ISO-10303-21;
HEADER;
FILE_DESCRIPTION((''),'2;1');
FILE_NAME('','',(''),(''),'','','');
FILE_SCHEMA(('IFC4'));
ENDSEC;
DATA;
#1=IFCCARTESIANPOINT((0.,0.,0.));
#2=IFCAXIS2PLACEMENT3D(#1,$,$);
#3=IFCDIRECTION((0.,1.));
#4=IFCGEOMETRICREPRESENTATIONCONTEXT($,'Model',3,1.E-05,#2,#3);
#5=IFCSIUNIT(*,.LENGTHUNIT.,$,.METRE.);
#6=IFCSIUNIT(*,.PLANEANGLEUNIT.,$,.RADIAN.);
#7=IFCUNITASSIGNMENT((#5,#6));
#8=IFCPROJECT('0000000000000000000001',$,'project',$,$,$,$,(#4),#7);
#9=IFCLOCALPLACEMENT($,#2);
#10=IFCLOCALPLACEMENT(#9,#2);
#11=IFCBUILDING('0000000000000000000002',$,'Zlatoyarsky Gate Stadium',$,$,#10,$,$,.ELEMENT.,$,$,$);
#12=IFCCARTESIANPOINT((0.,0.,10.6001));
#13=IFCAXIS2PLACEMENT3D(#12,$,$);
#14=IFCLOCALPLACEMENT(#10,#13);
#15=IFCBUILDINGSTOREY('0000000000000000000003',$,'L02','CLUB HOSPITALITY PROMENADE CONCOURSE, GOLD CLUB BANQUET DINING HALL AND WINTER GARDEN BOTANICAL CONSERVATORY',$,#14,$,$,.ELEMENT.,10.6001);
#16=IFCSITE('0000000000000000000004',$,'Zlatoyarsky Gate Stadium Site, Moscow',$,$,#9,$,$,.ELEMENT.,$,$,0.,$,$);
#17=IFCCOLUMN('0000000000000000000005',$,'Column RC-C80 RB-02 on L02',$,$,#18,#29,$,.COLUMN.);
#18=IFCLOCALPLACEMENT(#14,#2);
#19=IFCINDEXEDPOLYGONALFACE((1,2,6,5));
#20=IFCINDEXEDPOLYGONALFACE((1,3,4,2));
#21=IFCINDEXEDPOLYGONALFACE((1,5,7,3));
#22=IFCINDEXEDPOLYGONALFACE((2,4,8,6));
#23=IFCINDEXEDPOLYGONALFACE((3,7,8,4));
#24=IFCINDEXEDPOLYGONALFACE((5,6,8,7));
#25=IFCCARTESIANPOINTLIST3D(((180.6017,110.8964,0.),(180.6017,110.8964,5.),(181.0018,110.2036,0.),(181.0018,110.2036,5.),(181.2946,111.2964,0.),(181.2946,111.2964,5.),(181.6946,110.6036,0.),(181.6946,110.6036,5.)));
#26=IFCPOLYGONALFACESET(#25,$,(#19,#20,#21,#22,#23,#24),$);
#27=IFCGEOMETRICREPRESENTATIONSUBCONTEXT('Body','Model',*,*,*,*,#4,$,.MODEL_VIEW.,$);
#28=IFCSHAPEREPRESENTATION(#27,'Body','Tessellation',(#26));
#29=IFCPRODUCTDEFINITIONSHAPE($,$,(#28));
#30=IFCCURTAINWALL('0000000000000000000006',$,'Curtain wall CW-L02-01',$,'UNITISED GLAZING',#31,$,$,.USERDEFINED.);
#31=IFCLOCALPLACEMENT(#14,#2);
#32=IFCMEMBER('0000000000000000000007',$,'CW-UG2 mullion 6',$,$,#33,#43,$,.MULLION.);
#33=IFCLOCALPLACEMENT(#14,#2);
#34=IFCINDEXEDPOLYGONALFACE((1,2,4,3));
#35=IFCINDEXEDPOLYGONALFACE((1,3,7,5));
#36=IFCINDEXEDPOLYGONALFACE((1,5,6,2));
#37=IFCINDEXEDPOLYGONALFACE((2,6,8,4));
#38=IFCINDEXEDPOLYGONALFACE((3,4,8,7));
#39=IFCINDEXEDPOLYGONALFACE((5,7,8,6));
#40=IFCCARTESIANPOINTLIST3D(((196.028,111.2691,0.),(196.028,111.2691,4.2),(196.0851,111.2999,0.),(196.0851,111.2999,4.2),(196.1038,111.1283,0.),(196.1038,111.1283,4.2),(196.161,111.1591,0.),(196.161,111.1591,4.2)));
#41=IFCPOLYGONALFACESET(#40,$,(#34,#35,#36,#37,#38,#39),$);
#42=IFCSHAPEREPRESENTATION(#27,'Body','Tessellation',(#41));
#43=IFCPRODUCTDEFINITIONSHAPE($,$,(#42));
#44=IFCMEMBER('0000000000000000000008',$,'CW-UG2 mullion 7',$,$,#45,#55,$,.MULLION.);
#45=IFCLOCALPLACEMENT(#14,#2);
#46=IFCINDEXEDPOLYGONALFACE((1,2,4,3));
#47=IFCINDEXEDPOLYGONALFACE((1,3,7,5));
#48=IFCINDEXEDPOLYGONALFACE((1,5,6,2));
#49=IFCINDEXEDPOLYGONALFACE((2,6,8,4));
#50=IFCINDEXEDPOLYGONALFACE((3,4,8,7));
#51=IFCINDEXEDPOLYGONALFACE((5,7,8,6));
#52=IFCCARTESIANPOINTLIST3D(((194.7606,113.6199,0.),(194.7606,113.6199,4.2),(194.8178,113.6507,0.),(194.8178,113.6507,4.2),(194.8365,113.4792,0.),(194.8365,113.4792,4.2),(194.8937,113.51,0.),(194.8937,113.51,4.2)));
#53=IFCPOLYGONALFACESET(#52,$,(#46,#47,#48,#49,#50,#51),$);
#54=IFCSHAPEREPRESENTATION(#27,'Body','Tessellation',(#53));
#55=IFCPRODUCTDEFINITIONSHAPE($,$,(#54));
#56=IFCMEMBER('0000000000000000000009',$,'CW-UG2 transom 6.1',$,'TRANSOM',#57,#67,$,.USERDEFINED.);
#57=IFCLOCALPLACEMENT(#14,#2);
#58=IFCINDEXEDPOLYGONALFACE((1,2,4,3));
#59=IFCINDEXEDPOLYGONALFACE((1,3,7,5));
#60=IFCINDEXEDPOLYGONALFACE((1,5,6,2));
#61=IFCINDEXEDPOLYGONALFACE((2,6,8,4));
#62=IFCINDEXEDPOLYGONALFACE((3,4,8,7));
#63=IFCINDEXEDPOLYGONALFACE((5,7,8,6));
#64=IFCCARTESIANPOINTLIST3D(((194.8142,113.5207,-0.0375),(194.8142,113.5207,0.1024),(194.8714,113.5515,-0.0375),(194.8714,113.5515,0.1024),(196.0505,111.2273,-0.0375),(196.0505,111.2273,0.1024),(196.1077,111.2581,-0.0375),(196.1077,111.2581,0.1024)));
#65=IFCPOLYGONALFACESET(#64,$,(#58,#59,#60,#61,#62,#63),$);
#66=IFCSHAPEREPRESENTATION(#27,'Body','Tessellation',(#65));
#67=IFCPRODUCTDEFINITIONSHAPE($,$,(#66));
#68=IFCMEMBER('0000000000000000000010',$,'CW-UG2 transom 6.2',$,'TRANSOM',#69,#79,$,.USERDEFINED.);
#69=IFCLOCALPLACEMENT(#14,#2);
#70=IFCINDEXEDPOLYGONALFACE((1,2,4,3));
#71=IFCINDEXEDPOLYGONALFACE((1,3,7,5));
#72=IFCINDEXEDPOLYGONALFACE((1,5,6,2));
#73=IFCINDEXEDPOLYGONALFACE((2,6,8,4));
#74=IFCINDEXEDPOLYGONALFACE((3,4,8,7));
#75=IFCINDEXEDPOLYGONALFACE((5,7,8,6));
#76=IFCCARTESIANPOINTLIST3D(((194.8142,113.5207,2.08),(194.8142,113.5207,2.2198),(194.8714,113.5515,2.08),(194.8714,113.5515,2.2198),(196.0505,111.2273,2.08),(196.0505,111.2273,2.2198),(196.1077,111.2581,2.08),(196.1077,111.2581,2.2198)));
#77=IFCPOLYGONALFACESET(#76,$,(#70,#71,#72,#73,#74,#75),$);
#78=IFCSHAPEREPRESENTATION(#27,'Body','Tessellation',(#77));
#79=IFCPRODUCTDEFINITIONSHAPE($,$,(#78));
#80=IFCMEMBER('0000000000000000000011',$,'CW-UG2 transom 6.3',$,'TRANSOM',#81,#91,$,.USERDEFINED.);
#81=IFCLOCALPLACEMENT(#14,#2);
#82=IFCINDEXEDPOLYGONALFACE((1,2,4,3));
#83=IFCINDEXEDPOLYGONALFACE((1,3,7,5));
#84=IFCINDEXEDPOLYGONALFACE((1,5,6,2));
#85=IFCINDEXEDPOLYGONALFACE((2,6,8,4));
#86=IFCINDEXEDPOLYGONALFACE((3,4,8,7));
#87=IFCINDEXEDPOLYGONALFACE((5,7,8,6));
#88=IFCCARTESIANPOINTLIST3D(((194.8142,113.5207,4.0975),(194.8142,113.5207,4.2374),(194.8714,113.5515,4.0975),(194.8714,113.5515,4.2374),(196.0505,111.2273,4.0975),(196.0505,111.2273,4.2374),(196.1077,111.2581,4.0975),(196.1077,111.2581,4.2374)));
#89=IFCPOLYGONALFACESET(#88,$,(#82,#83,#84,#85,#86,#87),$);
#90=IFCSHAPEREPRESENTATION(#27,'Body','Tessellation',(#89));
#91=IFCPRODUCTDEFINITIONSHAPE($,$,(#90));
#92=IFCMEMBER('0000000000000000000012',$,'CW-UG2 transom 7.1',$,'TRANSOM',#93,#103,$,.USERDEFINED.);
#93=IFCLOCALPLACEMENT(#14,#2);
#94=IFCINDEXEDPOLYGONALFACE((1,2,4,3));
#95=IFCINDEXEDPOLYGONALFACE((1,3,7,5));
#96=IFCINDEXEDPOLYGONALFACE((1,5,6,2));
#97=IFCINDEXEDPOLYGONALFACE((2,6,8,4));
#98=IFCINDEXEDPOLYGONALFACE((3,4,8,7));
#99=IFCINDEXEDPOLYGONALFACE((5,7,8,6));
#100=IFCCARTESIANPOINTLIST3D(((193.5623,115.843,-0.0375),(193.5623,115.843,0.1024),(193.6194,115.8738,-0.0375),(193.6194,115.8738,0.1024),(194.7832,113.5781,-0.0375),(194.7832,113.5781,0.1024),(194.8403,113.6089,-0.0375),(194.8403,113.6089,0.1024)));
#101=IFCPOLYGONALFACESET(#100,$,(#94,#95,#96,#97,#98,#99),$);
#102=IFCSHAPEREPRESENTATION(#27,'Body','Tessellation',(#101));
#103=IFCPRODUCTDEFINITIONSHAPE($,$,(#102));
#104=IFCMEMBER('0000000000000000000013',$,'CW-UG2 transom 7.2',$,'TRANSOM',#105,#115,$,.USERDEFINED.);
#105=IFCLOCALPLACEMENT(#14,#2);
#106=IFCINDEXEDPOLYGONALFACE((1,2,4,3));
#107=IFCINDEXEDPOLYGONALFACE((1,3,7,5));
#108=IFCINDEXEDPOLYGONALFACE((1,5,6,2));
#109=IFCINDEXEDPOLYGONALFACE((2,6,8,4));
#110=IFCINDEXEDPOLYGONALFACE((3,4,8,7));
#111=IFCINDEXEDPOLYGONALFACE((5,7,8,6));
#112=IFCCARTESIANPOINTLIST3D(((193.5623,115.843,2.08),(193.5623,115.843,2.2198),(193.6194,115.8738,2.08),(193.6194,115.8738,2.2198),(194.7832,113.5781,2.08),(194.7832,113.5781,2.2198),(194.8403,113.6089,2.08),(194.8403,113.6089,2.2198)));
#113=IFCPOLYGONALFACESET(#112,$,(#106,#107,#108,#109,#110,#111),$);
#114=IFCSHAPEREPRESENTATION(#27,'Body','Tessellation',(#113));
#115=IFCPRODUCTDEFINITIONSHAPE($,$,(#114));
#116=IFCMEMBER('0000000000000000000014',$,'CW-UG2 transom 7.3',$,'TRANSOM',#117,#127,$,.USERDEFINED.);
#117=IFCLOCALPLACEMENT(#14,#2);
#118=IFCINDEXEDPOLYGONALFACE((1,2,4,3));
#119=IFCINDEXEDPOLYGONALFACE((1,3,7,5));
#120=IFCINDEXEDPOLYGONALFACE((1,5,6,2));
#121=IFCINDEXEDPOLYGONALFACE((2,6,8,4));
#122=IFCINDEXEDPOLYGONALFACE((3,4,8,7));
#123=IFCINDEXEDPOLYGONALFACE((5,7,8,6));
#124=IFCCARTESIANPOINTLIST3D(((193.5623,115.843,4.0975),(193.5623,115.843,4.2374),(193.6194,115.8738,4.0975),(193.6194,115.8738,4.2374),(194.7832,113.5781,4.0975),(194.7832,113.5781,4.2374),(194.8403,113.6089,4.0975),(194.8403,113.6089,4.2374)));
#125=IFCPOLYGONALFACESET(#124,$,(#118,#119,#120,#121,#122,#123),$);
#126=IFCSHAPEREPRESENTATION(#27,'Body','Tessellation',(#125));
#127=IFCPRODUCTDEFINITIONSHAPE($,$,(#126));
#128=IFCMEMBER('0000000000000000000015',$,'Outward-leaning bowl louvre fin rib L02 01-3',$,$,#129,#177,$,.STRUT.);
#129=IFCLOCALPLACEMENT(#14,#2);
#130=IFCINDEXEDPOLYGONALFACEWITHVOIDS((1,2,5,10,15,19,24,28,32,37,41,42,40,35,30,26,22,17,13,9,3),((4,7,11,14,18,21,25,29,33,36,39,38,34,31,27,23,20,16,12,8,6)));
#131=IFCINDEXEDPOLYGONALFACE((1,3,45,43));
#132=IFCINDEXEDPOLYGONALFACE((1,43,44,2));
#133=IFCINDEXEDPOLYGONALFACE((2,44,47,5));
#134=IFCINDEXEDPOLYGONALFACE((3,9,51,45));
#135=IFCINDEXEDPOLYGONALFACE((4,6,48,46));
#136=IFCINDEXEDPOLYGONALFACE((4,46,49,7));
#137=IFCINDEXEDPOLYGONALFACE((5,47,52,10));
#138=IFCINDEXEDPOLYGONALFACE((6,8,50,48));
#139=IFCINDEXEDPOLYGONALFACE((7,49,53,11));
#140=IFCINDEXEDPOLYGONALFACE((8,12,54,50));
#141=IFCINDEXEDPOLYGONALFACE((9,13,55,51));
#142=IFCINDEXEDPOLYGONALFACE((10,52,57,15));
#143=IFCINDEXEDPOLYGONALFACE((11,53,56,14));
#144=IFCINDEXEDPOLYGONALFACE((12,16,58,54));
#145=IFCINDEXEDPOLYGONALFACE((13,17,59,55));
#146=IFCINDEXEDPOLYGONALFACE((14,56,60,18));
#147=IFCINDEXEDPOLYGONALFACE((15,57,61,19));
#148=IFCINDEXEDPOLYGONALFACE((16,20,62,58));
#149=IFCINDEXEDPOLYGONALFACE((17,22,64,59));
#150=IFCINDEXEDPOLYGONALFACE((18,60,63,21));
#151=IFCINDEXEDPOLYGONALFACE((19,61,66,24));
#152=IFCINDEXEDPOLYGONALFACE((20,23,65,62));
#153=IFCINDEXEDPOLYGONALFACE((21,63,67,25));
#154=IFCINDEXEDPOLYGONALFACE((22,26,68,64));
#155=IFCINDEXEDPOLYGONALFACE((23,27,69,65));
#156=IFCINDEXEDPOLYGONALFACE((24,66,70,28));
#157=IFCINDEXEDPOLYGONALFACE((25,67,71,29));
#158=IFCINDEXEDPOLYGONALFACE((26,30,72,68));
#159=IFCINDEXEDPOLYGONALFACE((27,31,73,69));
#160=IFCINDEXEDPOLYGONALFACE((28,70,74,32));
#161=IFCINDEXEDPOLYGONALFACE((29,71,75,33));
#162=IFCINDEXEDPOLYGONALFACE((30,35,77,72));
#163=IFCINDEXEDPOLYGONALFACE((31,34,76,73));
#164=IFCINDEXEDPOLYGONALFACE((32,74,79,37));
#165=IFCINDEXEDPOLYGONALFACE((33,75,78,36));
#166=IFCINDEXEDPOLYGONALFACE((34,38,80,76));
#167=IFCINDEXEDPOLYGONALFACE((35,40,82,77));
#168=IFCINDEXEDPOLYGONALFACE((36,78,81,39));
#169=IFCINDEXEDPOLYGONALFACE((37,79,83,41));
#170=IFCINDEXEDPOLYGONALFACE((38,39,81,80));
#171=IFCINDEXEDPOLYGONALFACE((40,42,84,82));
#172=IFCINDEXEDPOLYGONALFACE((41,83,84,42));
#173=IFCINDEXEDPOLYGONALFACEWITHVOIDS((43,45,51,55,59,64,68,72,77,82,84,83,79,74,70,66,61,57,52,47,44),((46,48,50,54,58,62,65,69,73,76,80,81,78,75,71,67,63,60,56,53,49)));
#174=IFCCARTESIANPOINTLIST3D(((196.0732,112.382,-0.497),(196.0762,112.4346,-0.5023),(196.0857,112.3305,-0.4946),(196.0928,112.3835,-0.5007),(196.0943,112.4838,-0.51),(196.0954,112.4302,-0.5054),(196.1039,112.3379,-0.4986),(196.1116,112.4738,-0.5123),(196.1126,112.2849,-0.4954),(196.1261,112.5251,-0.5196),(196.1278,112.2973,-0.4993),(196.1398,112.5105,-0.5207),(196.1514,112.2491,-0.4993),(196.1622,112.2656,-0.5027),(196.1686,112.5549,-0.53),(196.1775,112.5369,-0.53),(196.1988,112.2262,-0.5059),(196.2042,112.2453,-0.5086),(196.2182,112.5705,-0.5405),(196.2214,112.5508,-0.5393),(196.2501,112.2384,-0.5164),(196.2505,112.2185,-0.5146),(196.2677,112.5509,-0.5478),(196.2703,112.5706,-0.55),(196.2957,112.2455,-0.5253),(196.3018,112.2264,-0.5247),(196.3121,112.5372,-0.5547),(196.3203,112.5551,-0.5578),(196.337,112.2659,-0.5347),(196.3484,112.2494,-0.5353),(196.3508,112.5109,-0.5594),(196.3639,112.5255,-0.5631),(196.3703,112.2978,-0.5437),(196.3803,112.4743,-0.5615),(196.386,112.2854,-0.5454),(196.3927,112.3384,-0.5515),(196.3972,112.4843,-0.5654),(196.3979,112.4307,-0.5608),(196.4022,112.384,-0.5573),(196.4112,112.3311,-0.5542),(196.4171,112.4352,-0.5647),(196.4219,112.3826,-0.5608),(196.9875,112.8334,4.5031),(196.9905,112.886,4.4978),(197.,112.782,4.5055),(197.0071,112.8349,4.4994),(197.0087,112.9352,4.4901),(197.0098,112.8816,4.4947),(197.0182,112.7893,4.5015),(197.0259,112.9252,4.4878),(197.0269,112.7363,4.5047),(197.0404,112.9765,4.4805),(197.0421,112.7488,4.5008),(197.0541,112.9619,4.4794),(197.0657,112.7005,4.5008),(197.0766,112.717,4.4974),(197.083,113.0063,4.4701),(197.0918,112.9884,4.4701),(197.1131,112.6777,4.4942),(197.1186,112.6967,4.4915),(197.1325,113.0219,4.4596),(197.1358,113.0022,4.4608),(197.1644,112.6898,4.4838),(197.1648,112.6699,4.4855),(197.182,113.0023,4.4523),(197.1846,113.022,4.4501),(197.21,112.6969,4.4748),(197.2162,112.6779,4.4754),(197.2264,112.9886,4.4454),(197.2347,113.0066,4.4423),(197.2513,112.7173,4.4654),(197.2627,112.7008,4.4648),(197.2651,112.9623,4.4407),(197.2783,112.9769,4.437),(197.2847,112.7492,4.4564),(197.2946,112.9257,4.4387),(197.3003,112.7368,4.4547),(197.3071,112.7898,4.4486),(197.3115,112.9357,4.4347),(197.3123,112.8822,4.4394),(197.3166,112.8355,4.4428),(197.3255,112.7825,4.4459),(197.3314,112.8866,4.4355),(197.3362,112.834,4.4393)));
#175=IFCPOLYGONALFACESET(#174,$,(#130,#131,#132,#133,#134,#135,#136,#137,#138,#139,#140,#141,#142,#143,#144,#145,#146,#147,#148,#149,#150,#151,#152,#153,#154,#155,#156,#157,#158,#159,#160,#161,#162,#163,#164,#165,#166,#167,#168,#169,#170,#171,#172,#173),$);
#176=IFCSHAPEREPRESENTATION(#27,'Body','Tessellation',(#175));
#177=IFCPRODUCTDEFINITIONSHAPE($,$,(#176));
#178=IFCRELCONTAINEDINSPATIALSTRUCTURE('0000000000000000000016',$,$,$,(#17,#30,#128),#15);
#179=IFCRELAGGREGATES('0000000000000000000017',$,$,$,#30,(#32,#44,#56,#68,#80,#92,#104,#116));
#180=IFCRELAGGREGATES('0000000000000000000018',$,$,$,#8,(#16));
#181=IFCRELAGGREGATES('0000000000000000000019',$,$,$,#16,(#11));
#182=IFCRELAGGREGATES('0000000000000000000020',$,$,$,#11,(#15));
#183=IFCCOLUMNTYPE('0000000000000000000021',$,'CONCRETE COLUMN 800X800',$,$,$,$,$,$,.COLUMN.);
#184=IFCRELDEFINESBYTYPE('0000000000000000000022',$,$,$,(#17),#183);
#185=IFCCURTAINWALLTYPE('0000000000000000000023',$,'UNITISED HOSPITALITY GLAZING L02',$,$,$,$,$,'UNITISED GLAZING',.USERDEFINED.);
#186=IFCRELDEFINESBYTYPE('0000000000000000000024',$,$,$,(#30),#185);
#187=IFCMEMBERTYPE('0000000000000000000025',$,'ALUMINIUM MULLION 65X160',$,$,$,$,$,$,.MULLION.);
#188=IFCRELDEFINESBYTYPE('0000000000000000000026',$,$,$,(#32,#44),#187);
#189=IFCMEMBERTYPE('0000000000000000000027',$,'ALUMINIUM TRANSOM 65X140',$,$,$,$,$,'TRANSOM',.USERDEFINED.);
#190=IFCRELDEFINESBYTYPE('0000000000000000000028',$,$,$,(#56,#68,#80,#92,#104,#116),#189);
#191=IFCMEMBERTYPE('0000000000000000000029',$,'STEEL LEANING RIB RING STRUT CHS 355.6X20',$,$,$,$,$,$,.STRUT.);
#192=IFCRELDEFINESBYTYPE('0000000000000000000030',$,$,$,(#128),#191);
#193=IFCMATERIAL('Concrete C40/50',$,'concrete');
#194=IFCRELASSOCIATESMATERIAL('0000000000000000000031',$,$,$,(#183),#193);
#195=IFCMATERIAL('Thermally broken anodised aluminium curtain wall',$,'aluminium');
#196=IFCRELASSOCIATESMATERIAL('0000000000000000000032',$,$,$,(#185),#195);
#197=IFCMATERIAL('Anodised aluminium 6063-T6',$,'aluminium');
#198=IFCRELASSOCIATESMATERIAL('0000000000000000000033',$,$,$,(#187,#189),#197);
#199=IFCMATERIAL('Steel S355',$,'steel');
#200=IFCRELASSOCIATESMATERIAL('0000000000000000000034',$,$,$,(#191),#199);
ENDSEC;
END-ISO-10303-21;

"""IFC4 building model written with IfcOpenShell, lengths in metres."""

from ifc_helpers import new_model, si_unit, direction, frame, origin, origin_2d, place, context, subcontext, project, spatial, rectangle, hollow_circle, extrude, material, material_profile, profile_set, type_object, element, aggregate, save


model = new_model("IFC4")

# Units and contexts
model_context = context("Model", 3, precision=1e-05, world=origin(), true_north=direction((0.0, 1.0)))
body_context = subcontext(model_context, "Body", "Model", "MODEL_VIEW")
ifc_project = project(units=[si_unit("LENGTHUNIT", "METRE"), si_unit("PLANEANGLEUNIT", "RADIAN")], contexts=[model_context])

# Site, building, storey
site_placement = place(None, origin())
site = spatial("IfcSite", under=ifc_project, at=site_placement, Name="Zlatoyarsky Gate Stadium Site, Moscow", CompositionType="ELEMENT", RefElevation=0.0)
building_placement = place(site_placement, origin())
building = spatial("IfcBuilding", under=site, at=building_placement, Name="Zlatoyarsky Gate Stadium", CompositionType="ELEMENT")
storey_placement = place(building_placement, frame((0.0, 0.0, 10.6001)))
storey = spatial("IfcBuildingStorey", under=building, at=storey_placement, Name="L02", Description="CLUB HOSPITALITY PROMENADE CONCOURSE, GOLD CLUB BANQUET DINING HALL AND WINTER GARDEN BOTANICAL CONSERVATORY", CompositionType="ELEMENT", Elevation=10.6001)

# Column
ifc_material_1 = material(Name="Concrete C40/50", Category="concrete")
ifc_material_profile_1 = material_profile(ifc_material_1, rectangle(XDim=0.8, YDim=0.8, at=origin_2d()), Name="RC COL 800X800")
ifc_profile_set_1 = profile_set([ifc_material_profile_1], Name="Concrete C40/50")
column_type = type_object("IfcColumnType", Name="CONCRETE COLUMN 800X800", PredefinedType="COLUMN", material=ifc_profile_set_1)
column_placement = place(storey_placement, frame((181.1482, 110.75, 0.0), z_axis=(0.0, 0.0, 1.0), x_axis=(0.866025, 0.5, 0.0)))
element("IfcColumn", 1, at=column_placement, inside=storey, type_object=column_type, Name="Column RC-C80 RB-02 on L02", PredefinedType="COLUMN", context=body_context, shape_type="SweptSolid", body=[
    extrude(rectangle(XDim=0.8, YDim=0.8, at=origin_2d()), origin(), (0.0, 0.0, 1.0), 5.0),
])

# Curtain wall, members
ifc_material_2 = material(Name="Thermally broken anodised aluminium curtain wall", Category="aluminium")
curtain_wall_type = type_object("IfcCurtainWallType", Name="UNITISED HOSPITALITY GLAZING L02", ElementType="UNITISED GLAZING", PredefinedType="USERDEFINED", material=ifc_material_2)
curtain_wall_placement = place(storey_placement, origin())
curtain_wall = element("IfcCurtainWall", 2, at=curtain_wall_placement, inside=storey, type_object=curtain_wall_type, Name="Curtain wall CW-L02-01", ObjectType="UNITISED GLAZING", PredefinedType="USERDEFINED")
ifc_material_3 = material(Name="Anodised aluminium 6063-T6", Category="aluminium")
ifc_material_profile_2 = material_profile(ifc_material_3, rectangle(XDim=0.0649, YDim=0.1599, at=origin_2d()), Name="ALU 65X160")
ifc_profile_set_2 = profile_set([ifc_material_profile_2], Name="Anodised aluminium 6063-T6")
member_type_1 = type_object("IfcMemberType", Name="ALUMINIUM MULLION 65X160", PredefinedType="MULLION", material=ifc_profile_set_2)
member_1_placement = place(storey_placement, frame((196.0945, 111.2141, 0.0), z_axis=(0.0, 0.0, 1.0), x_axis=(-0.880236, -0.474536, 0.0)))
member_1 = element("IfcMember", 3, at=member_1_placement, type_object=member_type_1, Name="CW-UG2 mullion 6", PredefinedType="MULLION", context=body_context, shape_type="SweptSolid", body=[
    extrude(rectangle(XDim=0.0649, YDim=0.1599, at=origin_2d()), origin(), (0.0, 0.0, 1.0), 4.2),
])
member_2_placement = place(storey_placement, frame((194.8271, 113.5649, 0.0), z_axis=(0.0, 0.0, 1.0), x_axis=(-0.880236, -0.474536, 0.0)))
member_2 = element("IfcMember", 4, at=member_2_placement, type_object=member_type_1, Name="CW-UG2 mullion 7", PredefinedType="MULLION", context=body_context, shape_type="SweptSolid", body=[
    extrude(rectangle(XDim=0.0649, YDim=0.1599, at=origin_2d()), origin(), (0.0, 0.0, 1.0), 4.2),
])
ifc_material_profile_3 = material_profile(ifc_material_3, rectangle(XDim=0.0649, YDim=0.1399, at=origin_2d()), Name="ALU 65X140")
ifc_profile_set_3 = profile_set([ifc_material_profile_3], Name="Anodised aluminium 6063-T6")
member_type_2 = type_object("IfcMemberType", Name="ALUMINIUM TRANSOM 65X140", ElementType="TRANSOM", PredefinedType="USERDEFINED", material=ifc_profile_set_3)
member_3_placement = place(storey_placement, frame((196.0791, 111.2427, 0.0325), z_axis=(-0.474513, 0.880248, 0.0), x_axis=(-0.880248, -0.474513, 0.0)))
member_3 = element("IfcMember", 5, at=member_3_placement, type_object=member_type_2, Name="CW-UG2 transom 6.1", ObjectType="TRANSOM", PredefinedType="USERDEFINED", context=body_context, shape_type="SweptSolid", body=[
    extrude(rectangle(XDim=0.0649, YDim=0.1399, at=origin_2d()), origin(), (0.0, 0.0, 1.0), 2.6055),
])
member_4_placement = place(storey_placement, frame((196.0791, 111.2427, 2.1499), z_axis=(-0.474513, 0.880248, 0.0), x_axis=(-0.880248, -0.474513, 0.0)))
member_4 = element("IfcMember", 6, at=member_4_placement, type_object=member_type_2, Name="CW-UG2 transom 6.2", ObjectType="TRANSOM", PredefinedType="USERDEFINED", context=body_context, shape_type="SweptSolid", body=[
    extrude(rectangle(XDim=0.0649, YDim=0.1399, at=origin_2d()), origin(), (0.0, 0.0, 1.0), 2.6055),
])
member_5_placement = place(storey_placement, frame((196.0791, 111.2427, 4.1675), z_axis=(-0.474513, 0.880248, 0.0), x_axis=(-0.880248, -0.474513, 0.0)))
member_5 = element("IfcMember", 7, at=member_5_placement, type_object=member_type_2, Name="CW-UG2 transom 6.3", ObjectType="TRANSOM", PredefinedType="USERDEFINED", context=body_context, shape_type="SweptSolid", body=[
    extrude(rectangle(XDim=0.0649, YDim=0.1399, at=origin_2d()), origin(), (0.0, 0.0, 1.0), 2.6055),
])
member_6_placement = place(storey_placement, frame((194.8118, 113.5935, 0.0325), z_axis=(-0.474518, 0.880246, 0.0), x_axis=(-0.880246, -0.474518, 0.0)))
member_6 = element("IfcMember", 8, at=member_6_placement, type_object=member_type_2, Name="CW-UG2 transom 7.1", ObjectType="TRANSOM", PredefinedType="USERDEFINED", context=body_context, shape_type="SweptSolid", body=[
    extrude(rectangle(XDim=0.0649, YDim=0.1399, at=origin_2d()), origin(), (0.0, 0.0, 1.0), 2.573),
])
member_7_placement = place(storey_placement, frame((194.8118, 113.5935, 2.1499), z_axis=(-0.474518, 0.880246, 0.0), x_axis=(-0.880246, -0.474518, 0.0)))
member_7 = element("IfcMember", 9, at=member_7_placement, type_object=member_type_2, Name="CW-UG2 transom 7.2", ObjectType="TRANSOM", PredefinedType="USERDEFINED", context=body_context, shape_type="SweptSolid", body=[
    extrude(rectangle(XDim=0.0649, YDim=0.1399, at=origin_2d()), origin(), (0.0, 0.0, 1.0), 2.573),
])
member_8_placement = place(storey_placement, frame((194.8118, 113.5935, 4.1675), z_axis=(-0.474518, 0.880246, 0.0), x_axis=(-0.880246, -0.474518, 0.0)))
member_8 = element("IfcMember", 10, at=member_8_placement, type_object=member_type_2, Name="CW-UG2 transom 7.3", ObjectType="TRANSOM", PredefinedType="USERDEFINED", context=body_context, shape_type="SweptSolid", body=[
    extrude(rectangle(XDim=0.0649, YDim=0.1399, at=origin_2d()), origin(), (0.0, 0.0, 1.0), 2.573),
])

# Member
ifc_material_4 = material(Name="Steel S355", Category="steel")
ifc_material_profile_4 = material_profile(ifc_material_4, hollow_circle(Radius=0.1777, WallThickness=0.02, at=origin_2d()), Name="CHS 355.6X20")
ifc_profile_set_4 = profile_set([ifc_material_profile_4], Name="Steel S355")
member_type_3 = type_object("IfcMemberType", Name="STEEL LEANING RIB RING STRUT CHS 355.6X20", PredefinedType="STRUT", material=ifc_profile_set_4)
member_9_placement = place(storey_placement, frame((196.2473, 112.3955, -0.53), z_axis=(0.179173, 0.088462, 0.979832), x_axis=(-0.442707, 0.896667, 0.0)))
element("IfcMember", 11, at=member_9_placement, inside=storey, type_object=member_type_3, Name="Outward-leaning bowl louvre fin rib L02 01-3", PredefinedType="STRUT", context=body_context, shape_type="SweptSolid", body=[
    extrude(hollow_circle(Radius=0.1777, WallThickness=0.02, at=origin_2d()), origin(), (0.0, 0.0, 1.0), 5.103),
])

aggregate(curtain_wall, [member_1, member_2, member_3, member_4, member_5, member_6, member_7, member_8])

save(model, "model.ifc")
